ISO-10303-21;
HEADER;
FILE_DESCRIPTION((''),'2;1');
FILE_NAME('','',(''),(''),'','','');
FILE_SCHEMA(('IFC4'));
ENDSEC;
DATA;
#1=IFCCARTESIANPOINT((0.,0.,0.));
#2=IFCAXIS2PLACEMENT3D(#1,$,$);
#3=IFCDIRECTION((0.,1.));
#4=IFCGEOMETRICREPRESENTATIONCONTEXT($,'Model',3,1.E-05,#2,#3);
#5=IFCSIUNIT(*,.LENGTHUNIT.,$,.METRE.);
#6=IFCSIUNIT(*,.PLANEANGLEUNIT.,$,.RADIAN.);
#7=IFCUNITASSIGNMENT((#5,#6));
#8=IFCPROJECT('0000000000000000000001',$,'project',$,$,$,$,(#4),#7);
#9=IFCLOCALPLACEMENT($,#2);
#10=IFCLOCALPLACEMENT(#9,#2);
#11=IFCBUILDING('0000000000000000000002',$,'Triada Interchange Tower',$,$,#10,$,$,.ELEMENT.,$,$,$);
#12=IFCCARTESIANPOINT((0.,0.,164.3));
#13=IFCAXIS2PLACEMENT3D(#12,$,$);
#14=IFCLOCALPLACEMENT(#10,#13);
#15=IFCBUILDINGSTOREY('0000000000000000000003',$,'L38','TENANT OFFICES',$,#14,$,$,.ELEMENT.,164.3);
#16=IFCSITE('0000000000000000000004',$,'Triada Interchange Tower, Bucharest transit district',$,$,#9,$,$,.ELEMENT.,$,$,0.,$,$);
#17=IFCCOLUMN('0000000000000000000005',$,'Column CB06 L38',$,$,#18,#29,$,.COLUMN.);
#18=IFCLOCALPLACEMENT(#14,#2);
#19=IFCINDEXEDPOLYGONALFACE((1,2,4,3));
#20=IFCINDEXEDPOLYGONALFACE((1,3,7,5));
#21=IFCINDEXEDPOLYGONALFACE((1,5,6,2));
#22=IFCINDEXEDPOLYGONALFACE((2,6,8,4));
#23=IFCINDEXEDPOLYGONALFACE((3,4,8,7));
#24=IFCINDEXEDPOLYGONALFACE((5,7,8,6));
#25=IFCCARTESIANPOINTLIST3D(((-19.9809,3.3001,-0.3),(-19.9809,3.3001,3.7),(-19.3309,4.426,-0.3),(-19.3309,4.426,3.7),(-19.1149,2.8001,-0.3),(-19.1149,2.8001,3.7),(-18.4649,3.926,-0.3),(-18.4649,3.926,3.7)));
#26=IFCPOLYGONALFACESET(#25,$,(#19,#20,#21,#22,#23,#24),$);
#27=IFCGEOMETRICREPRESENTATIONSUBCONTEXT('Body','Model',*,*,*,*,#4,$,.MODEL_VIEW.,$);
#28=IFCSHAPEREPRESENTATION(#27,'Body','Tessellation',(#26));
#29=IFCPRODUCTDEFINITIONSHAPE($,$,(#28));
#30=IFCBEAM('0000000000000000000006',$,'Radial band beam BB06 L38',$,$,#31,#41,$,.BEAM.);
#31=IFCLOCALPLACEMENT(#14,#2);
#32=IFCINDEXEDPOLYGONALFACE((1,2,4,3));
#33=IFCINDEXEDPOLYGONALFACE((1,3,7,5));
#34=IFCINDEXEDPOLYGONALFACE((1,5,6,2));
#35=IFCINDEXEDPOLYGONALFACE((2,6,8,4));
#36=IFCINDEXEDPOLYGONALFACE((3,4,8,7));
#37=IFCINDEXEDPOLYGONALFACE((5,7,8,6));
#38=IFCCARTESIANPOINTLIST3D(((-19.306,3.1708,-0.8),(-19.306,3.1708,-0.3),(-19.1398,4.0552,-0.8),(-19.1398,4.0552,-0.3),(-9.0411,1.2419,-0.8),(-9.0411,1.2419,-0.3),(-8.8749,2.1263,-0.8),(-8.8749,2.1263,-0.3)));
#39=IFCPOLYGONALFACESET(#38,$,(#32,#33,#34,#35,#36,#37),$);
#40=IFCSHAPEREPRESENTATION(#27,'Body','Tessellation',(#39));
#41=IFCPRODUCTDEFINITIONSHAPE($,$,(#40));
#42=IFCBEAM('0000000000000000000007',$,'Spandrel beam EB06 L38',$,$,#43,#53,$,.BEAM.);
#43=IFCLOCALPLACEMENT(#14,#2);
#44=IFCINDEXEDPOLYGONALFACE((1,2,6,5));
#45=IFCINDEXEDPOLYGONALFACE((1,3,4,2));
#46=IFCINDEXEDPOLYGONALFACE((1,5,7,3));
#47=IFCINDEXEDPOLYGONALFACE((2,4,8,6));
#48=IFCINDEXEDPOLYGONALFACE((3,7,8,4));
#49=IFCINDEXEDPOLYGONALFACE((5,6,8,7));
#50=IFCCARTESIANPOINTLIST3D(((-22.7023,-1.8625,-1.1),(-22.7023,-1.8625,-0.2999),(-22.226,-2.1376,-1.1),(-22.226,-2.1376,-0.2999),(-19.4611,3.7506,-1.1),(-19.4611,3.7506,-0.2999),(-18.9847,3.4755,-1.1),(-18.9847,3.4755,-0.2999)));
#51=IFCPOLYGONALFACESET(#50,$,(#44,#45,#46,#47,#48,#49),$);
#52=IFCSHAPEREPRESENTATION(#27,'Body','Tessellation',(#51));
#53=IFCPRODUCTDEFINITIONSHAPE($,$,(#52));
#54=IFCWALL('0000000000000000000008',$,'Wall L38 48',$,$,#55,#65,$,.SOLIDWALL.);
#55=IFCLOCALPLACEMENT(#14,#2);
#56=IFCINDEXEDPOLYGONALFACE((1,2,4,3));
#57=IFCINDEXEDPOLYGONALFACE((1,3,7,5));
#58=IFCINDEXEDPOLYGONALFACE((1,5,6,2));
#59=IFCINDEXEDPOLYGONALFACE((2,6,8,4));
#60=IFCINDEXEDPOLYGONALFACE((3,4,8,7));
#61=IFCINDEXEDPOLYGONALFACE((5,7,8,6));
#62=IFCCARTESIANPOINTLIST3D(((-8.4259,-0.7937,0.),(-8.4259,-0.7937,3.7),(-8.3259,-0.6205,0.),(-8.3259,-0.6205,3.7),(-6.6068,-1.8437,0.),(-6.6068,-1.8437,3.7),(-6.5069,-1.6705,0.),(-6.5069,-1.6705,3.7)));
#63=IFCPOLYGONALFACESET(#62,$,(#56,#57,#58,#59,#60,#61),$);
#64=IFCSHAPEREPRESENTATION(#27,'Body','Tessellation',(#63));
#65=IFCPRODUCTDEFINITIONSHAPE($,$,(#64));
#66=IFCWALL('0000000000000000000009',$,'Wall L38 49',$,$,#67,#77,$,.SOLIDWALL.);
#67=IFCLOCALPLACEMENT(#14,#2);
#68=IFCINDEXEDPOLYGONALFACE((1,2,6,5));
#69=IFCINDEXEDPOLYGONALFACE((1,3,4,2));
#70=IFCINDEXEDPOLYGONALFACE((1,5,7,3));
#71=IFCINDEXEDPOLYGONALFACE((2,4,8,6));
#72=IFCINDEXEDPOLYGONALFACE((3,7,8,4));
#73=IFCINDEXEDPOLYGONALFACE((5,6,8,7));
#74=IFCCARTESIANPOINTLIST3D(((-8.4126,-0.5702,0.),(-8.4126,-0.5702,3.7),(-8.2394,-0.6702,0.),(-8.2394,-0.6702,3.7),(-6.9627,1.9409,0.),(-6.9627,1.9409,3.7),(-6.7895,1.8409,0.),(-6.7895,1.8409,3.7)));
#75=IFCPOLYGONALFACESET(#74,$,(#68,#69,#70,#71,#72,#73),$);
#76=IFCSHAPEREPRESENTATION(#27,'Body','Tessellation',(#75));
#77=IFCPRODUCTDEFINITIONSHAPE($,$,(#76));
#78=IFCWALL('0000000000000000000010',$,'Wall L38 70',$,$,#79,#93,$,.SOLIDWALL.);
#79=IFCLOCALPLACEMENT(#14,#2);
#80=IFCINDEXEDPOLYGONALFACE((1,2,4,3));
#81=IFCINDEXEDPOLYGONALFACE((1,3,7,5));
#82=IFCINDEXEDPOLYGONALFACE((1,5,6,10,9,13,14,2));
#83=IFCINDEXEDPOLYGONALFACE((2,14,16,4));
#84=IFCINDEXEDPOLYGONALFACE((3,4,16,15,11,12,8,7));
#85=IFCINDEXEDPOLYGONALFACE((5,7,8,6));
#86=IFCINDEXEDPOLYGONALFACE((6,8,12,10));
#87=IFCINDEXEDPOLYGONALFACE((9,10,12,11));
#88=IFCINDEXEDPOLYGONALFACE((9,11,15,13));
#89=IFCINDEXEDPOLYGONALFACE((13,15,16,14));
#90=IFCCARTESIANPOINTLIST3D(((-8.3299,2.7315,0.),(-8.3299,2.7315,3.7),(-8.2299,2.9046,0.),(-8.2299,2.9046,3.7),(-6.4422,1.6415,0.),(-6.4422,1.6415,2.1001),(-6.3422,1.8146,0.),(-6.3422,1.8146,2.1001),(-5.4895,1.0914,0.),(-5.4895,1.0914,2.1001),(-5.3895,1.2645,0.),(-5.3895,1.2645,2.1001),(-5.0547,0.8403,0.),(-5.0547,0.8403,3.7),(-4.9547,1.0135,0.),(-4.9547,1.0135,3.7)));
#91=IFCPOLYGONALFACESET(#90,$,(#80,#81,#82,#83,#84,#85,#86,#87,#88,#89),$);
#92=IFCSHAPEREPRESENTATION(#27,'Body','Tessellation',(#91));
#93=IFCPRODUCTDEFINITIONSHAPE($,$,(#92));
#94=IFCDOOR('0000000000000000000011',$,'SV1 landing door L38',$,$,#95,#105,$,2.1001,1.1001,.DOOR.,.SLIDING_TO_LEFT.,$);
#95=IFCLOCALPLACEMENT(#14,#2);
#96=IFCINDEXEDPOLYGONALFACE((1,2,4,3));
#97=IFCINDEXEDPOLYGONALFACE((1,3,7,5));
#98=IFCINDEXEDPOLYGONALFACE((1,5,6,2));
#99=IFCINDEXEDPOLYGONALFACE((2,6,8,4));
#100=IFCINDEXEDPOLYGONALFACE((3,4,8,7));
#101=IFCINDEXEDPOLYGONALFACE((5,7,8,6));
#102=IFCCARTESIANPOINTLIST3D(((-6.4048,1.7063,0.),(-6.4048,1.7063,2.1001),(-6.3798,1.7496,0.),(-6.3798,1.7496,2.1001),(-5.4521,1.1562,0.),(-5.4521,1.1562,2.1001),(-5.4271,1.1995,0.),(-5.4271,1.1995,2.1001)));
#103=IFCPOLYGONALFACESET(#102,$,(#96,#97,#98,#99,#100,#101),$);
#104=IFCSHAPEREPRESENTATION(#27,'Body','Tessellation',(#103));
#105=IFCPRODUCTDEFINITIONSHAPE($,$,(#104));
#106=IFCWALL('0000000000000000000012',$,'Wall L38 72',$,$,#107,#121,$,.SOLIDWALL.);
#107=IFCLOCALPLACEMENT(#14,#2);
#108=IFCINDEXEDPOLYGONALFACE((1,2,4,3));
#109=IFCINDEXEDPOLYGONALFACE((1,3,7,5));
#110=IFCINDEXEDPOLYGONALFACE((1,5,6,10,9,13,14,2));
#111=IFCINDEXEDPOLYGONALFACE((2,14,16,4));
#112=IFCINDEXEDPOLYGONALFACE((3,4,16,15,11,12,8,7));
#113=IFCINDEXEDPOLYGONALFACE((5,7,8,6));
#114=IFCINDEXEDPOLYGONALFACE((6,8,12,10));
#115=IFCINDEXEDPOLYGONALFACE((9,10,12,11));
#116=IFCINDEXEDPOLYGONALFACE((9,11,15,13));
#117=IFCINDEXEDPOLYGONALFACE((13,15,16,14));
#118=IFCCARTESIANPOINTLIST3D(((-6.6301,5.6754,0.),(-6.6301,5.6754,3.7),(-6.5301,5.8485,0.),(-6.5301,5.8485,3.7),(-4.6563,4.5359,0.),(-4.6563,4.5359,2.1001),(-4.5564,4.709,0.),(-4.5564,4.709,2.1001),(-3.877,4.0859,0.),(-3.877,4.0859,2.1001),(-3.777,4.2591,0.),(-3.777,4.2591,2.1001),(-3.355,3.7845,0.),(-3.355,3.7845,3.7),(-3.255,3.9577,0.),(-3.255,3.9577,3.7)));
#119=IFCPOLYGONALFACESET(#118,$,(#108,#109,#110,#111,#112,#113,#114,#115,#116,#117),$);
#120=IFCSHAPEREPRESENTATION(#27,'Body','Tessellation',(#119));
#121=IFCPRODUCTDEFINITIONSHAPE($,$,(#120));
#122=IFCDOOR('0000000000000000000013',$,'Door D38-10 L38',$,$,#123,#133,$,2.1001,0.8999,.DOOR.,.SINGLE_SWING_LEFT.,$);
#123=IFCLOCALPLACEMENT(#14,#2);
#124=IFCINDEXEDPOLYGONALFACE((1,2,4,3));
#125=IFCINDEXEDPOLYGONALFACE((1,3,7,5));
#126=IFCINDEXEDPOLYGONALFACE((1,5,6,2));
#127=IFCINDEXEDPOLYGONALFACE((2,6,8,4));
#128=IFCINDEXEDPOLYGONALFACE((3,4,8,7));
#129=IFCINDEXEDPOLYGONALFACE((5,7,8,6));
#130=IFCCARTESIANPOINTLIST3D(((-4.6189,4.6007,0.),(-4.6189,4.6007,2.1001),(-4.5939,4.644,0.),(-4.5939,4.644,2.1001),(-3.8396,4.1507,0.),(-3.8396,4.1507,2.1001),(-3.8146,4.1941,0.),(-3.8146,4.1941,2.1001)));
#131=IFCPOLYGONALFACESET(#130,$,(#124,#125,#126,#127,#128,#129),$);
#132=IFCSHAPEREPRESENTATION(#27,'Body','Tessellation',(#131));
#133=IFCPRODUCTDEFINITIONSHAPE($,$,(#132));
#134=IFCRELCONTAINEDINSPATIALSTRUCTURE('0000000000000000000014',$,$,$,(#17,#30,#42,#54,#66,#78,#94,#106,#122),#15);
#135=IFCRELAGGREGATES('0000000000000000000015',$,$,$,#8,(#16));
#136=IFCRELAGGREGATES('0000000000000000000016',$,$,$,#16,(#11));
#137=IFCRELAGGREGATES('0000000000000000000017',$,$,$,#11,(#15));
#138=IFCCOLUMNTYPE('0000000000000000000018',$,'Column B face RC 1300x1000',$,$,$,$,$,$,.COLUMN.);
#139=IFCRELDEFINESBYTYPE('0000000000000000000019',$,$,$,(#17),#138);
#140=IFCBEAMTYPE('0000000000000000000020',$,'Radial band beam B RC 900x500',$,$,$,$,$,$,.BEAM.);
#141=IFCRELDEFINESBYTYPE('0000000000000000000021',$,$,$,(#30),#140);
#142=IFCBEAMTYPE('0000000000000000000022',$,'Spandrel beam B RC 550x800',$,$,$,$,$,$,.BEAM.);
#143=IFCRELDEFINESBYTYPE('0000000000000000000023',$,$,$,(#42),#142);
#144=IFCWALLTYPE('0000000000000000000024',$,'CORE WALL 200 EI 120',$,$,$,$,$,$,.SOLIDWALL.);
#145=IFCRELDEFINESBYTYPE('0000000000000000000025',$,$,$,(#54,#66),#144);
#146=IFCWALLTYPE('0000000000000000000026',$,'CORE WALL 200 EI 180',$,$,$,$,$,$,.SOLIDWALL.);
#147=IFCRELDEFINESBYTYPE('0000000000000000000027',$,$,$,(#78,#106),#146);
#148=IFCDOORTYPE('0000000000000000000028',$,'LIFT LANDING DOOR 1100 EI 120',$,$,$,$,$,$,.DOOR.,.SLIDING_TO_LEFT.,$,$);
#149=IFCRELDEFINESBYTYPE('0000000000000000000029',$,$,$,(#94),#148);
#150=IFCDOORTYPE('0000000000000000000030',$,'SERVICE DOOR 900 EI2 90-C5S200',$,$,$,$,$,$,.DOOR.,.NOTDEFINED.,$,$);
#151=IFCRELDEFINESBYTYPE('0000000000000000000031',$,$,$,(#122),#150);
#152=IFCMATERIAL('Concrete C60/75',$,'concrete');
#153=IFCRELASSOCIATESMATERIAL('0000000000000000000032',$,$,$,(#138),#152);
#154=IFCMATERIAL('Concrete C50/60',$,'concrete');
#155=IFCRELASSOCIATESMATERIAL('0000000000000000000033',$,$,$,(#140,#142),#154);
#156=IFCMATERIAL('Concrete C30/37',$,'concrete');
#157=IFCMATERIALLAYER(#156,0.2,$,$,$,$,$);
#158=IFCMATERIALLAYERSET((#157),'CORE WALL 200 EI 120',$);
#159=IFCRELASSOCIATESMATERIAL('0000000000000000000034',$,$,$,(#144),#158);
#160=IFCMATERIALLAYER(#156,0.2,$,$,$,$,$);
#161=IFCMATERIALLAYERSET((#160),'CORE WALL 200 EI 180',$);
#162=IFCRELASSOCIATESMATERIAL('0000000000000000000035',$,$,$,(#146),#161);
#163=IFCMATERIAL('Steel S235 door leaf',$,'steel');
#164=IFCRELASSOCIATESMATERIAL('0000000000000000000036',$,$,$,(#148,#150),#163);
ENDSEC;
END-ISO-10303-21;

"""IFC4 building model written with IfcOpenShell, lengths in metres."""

from ifc_helpers import new_model, si_unit, direction, frame, frame_2d, origin, origin_2d, place, context, subcontext, project, spatial, rectangle, extrude, material, layer, layer_set, material_profile, profile_set, type_object, element, fill, save


model = new_model("IFC4")

# Units and contexts
model_context = context("Model", 3, precision=1e-05, world=origin(), true_north=direction((0.0, 1.0)))
body_context = subcontext(model_context, "Body", "Model", "MODEL_VIEW")
ifc_project = project(units=[si_unit("LENGTHUNIT", "METRE"), si_unit("PLANEANGLEUNIT", "RADIAN")], contexts=[model_context])

# Site, building, storey
site_placement = place(None, origin())
site = spatial("IfcSite", under=ifc_project, at=site_placement, Name="Triada Interchange Tower, Bucharest transit district", CompositionType="ELEMENT", RefElevation=0.0)
building_placement = place(site_placement, origin())
building = spatial("IfcBuilding", under=site, at=building_placement, Name="Triada Interchange Tower", CompositionType="ELEMENT")
storey_placement = place(building_placement, frame((0.0, 0.0, 164.3)))
storey = spatial("IfcBuildingStorey", under=building, at=storey_placement, Name="L38", Description="TENANT OFFICES", CompositionType="ELEMENT", Elevation=164.3)

# Column
ifc_material_1 = material(Name="Concrete C60/75", Category="concrete")
ifc_material_profile_1 = material_profile(ifc_material_1, rectangle(XDim=1.3, YDim=1.0, at=origin_2d()), Name="RC 1300x1000")
ifc_profile_set_1 = profile_set([ifc_material_profile_1], Name="Concrete C60/75")
column_type = type_object("IfcColumnType", Name="Column B face RC 1300x1000", PredefinedType="COLUMN", material=ifc_profile_set_1)
column_placement = place(storey_placement, frame((-19.2229, 3.613, -0.3), z_axis=(0.0, 0.0, 1.0), x_axis=(0.5, 0.866025, 0.0)))
element("IfcColumn", 1, at=column_placement, inside=storey, type_object=column_type, Name="Column CB06 L38", PredefinedType="COLUMN", context=body_context, shape_type="SweptSolid", body=[
    extrude(rectangle(XDim=1.3, YDim=1.0, at=origin_2d()), origin(), (0.0, 0.0, 1.0), 4.0),
])

# Beams
ifc_material_2 = material(Name="Concrete C50/60", Category="concrete")
ifc_material_profile_2 = material_profile(ifc_material_2, rectangle(XDim=0.8999, YDim=0.5, at=origin_2d()), Name="RC 900x500")
ifc_profile_set_2 = profile_set([ifc_material_profile_2], Name="Concrete C50/60")
beam_type_1 = type_object("IfcBeamType", Name="Radial band beam B RC 900x500", PredefinedType="BEAM", material=ifc_profile_set_2)
beam_1_placement = place(storey_placement, frame((-19.2229, 3.613, -0.55), z_axis=(0.982798, -0.184685, 0.0), x_axis=(0.184685, 0.982798, 0.0)))
element("IfcBeam", 2, at=beam_1_placement, inside=storey, type_object=beam_type_1, Name="Radial band beam BB06 L38", PredefinedType="BEAM", context=body_context, shape_type="SweptSolid", body=[
    extrude(rectangle(XDim=0.8999, YDim=0.5, at=origin_2d()), origin(), (0.0, 0.0, 1.0), 10.4446),
])
ifc_material_profile_3 = material_profile(ifc_material_2, rectangle(XDim=0.55, YDim=0.8, at=origin_2d()), Name="RC 550x800")
ifc_profile_set_3 = profile_set([ifc_material_profile_3], Name="Concrete C50/60")
beam_type_2 = type_object("IfcBeamType", Name="Spandrel beam B RC 550x800", PredefinedType="BEAM", material=ifc_profile_set_3)
beam_2_placement = place(storey_placement, frame((-19.2229, 3.613, -0.7), z_axis=(-0.50006, -0.86599, 0.0), x_axis=(0.86599, -0.50006, 0.0)))
element("IfcBeam", 3, at=beam_2_placement, inside=storey, type_object=beam_type_2, Name="Spandrel beam EB06 L38", PredefinedType="BEAM", context=body_context, shape_type="SweptSolid", body=[
    extrude(rectangle(XDim=0.55, YDim=0.8, at=origin_2d()), origin(), (0.0, 0.0, 1.0), 6.4817),
])

# Walls
ifc_material_3 = material(Name="Concrete C30/37", Category="concrete")
ifc_layer_1 = layer(ifc_material_3, 0.2)
ifc_layer_set_1 = layer_set([ifc_layer_1], Name="CORE WALL 200 EI 120")
wall_type_1 = type_object("IfcWallType", Name="CORE WALL 200 EI 120", PredefinedType="SOLIDWALL", material=ifc_layer_set_1)
wall_1_placement = place(storey_placement, frame((-8.376, -0.707, 0.0), z_axis=(0.0, 0.0, 1.0), x_axis=(0.866068, -0.499927, 0.0)))
element("IfcWall", 4, at=wall_1_placement, inside=storey, type_object=wall_type_1, Name="Wall L38 48", PredefinedType="SOLIDWALL", context=body_context, shape_type="SweptSolid", body=[
    extrude(rectangle(XDim=2.1003, YDim=0.2, at=frame_2d((1.0503, 0.0))), origin(), (0.0, 0.0, 1.0), 3.7),
])
wall_2_placement = place(storey_placement, frame((-8.3259, -0.6201, 0.0), z_axis=(0.0, 0.0, 1.0), x_axis=(0.500024, 0.866012, 0.0)))
element("IfcWall", 5, at=wall_2_placement, inside=storey, type_object=wall_type_1, Name="Wall L38 49", PredefinedType="SOLIDWALL", context=body_context, shape_type="SweptSolid", body=[
    extrude(rectangle(XDim=2.8997, YDim=0.2, at=frame_2d((1.4497, 0.0))), origin(), (0.0, 0.0, 1.0), 3.7),
])

# Walls, openings, doors
ifc_layer_2 = layer(ifc_material_3, 0.2)
ifc_layer_set_2 = layer_set([ifc_layer_2], Name="CORE WALL 200 EI 180")
wall_type_2 = type_object("IfcWallType", Name="CORE WALL 200 EI 180", PredefinedType="SOLIDWALL", material=ifc_layer_set_2)
wall_3_placement = place(storey_placement, frame((-8.28, 2.8181, 0.0), z_axis=(0.0, 0.0, 1.0), x_axis=(0.866002, -0.500041, 0.0)))
wall_3 = element("IfcWall", 6, at=wall_3_placement, inside=storey, type_object=wall_type_2, Name="Wall L38 70", PredefinedType="SOLIDWALL", context=body_context, shape_type="SweptSolid", body=[
    extrude(rectangle(XDim=3.782, YDim=0.2, at=frame_2d((1.8911, 0.0))), origin(), (0.0, 0.0, 1.0), 3.7),
])
opening_1_placement = place(wall_3_placement, frame((2.1799, 0.0, 0.0)))
opening_1 = element("IfcOpeningElement", 7, at=opening_1_placement, cuts=wall_3, PredefinedType="OPENING", context=body_context, shape_type="SweptSolid", body=[
    extrude(rectangle(XDim=1.1001, YDim=2.1001, at=frame_2d((0.55, 1.05))), frame((0.0, 0.1099, 0.0), z_axis=(0.0, -1.0, 0.0), x_axis=(1.0, 0.0, 0.0)), (0.0, 0.0, 1.0), 0.22),
])
ifc_material_4 = material(Name="Steel S235 door leaf", Category="steel")
door_type_1 = type_object("IfcDoorType", Name="LIFT LANDING DOOR 1100 EI 120", OperationType="SLIDING_TO_LEFT", PredefinedType="DOOR", material=ifc_material_4)
door_1_placement = place(opening_1_placement, origin())
door_1 = element("IfcDoor", 8, at=door_1_placement, inside=storey, type_object=door_type_1, Name="SV1 landing door L38", OperationType="SLIDING_TO_LEFT", OverallHeight=2.1001, OverallWidth=1.1001, PredefinedType="DOOR", context=body_context, shape_type="SweptSolid", body=[
    extrude(rectangle(XDim=1.1001, YDim=2.1001, at=frame_2d((0.55, 1.05))), frame((0.0, 0.0249, 0.0), z_axis=(0.0, -1.0, 0.0), x_axis=(1.0, 0.0, 0.0)), (0.0, 0.0, 1.0), 0.05),
])
fill(opening_1, door_1)
wall_4_placement = place(storey_placement, frame((-6.5801, 5.762, 0.0), z_axis=(0.0, 0.0, 1.0), x_axis=(0.86603, -0.499993, 0.0)))
wall_4 = element("IfcWall", 9, at=wall_4_placement, inside=storey, type_object=wall_type_2, Name="Wall L38 72", PredefinedType="SOLIDWALL", context=body_context, shape_type="SweptSolid", body=[
    extrude(rectangle(XDim=3.7817, YDim=0.2, at=frame_2d((1.8909, 0.0))), origin(), (0.0, 0.0, 1.0), 3.7),
])
opening_2_placement = place(wall_4_placement, frame((2.2791, 0.0, 0.0)))
opening_2 = element("IfcOpeningElement", 10, at=opening_2_placement, cuts=wall_4, PredefinedType="OPENING", context=body_context, shape_type="SweptSolid", body=[
    extrude(rectangle(XDim=0.8999, YDim=2.1001, at=frame_2d((0.45, 1.05))), frame((0.0, 0.1099, 0.0), z_axis=(0.0, -1.0, 0.0), x_axis=(1.0, 0.0, 0.0)), (0.0, 0.0, 1.0), 0.22),
])
door_type_2 = type_object("IfcDoorType", Name="SERVICE DOOR 900 EI2 90-C5S200", OperationType="NOTDEFINED", PredefinedType="DOOR", material=ifc_material_4)
door_2_placement = place(opening_2_placement, origin())
door_2 = element("IfcDoor", 11, at=door_2_placement, inside=storey, type_object=door_type_2, Name="Door D38-10 L38", OperationType="SINGLE_SWING_LEFT", OverallHeight=2.1001, OverallWidth=0.8999, PredefinedType="DOOR", context=body_context, shape_type="SweptSolid", body=[
    extrude(rectangle(XDim=0.8999, YDim=2.1001, at=frame_2d((0.45, 1.05))), frame((0.0, 0.0249, 0.0), z_axis=(0.0, -1.0, 0.0), x_axis=(1.0, 0.0, 0.0)), (0.0, 0.0, 1.0), 0.05),
])
fill(opening_2, door_2)

save(model, "model.ifc")
